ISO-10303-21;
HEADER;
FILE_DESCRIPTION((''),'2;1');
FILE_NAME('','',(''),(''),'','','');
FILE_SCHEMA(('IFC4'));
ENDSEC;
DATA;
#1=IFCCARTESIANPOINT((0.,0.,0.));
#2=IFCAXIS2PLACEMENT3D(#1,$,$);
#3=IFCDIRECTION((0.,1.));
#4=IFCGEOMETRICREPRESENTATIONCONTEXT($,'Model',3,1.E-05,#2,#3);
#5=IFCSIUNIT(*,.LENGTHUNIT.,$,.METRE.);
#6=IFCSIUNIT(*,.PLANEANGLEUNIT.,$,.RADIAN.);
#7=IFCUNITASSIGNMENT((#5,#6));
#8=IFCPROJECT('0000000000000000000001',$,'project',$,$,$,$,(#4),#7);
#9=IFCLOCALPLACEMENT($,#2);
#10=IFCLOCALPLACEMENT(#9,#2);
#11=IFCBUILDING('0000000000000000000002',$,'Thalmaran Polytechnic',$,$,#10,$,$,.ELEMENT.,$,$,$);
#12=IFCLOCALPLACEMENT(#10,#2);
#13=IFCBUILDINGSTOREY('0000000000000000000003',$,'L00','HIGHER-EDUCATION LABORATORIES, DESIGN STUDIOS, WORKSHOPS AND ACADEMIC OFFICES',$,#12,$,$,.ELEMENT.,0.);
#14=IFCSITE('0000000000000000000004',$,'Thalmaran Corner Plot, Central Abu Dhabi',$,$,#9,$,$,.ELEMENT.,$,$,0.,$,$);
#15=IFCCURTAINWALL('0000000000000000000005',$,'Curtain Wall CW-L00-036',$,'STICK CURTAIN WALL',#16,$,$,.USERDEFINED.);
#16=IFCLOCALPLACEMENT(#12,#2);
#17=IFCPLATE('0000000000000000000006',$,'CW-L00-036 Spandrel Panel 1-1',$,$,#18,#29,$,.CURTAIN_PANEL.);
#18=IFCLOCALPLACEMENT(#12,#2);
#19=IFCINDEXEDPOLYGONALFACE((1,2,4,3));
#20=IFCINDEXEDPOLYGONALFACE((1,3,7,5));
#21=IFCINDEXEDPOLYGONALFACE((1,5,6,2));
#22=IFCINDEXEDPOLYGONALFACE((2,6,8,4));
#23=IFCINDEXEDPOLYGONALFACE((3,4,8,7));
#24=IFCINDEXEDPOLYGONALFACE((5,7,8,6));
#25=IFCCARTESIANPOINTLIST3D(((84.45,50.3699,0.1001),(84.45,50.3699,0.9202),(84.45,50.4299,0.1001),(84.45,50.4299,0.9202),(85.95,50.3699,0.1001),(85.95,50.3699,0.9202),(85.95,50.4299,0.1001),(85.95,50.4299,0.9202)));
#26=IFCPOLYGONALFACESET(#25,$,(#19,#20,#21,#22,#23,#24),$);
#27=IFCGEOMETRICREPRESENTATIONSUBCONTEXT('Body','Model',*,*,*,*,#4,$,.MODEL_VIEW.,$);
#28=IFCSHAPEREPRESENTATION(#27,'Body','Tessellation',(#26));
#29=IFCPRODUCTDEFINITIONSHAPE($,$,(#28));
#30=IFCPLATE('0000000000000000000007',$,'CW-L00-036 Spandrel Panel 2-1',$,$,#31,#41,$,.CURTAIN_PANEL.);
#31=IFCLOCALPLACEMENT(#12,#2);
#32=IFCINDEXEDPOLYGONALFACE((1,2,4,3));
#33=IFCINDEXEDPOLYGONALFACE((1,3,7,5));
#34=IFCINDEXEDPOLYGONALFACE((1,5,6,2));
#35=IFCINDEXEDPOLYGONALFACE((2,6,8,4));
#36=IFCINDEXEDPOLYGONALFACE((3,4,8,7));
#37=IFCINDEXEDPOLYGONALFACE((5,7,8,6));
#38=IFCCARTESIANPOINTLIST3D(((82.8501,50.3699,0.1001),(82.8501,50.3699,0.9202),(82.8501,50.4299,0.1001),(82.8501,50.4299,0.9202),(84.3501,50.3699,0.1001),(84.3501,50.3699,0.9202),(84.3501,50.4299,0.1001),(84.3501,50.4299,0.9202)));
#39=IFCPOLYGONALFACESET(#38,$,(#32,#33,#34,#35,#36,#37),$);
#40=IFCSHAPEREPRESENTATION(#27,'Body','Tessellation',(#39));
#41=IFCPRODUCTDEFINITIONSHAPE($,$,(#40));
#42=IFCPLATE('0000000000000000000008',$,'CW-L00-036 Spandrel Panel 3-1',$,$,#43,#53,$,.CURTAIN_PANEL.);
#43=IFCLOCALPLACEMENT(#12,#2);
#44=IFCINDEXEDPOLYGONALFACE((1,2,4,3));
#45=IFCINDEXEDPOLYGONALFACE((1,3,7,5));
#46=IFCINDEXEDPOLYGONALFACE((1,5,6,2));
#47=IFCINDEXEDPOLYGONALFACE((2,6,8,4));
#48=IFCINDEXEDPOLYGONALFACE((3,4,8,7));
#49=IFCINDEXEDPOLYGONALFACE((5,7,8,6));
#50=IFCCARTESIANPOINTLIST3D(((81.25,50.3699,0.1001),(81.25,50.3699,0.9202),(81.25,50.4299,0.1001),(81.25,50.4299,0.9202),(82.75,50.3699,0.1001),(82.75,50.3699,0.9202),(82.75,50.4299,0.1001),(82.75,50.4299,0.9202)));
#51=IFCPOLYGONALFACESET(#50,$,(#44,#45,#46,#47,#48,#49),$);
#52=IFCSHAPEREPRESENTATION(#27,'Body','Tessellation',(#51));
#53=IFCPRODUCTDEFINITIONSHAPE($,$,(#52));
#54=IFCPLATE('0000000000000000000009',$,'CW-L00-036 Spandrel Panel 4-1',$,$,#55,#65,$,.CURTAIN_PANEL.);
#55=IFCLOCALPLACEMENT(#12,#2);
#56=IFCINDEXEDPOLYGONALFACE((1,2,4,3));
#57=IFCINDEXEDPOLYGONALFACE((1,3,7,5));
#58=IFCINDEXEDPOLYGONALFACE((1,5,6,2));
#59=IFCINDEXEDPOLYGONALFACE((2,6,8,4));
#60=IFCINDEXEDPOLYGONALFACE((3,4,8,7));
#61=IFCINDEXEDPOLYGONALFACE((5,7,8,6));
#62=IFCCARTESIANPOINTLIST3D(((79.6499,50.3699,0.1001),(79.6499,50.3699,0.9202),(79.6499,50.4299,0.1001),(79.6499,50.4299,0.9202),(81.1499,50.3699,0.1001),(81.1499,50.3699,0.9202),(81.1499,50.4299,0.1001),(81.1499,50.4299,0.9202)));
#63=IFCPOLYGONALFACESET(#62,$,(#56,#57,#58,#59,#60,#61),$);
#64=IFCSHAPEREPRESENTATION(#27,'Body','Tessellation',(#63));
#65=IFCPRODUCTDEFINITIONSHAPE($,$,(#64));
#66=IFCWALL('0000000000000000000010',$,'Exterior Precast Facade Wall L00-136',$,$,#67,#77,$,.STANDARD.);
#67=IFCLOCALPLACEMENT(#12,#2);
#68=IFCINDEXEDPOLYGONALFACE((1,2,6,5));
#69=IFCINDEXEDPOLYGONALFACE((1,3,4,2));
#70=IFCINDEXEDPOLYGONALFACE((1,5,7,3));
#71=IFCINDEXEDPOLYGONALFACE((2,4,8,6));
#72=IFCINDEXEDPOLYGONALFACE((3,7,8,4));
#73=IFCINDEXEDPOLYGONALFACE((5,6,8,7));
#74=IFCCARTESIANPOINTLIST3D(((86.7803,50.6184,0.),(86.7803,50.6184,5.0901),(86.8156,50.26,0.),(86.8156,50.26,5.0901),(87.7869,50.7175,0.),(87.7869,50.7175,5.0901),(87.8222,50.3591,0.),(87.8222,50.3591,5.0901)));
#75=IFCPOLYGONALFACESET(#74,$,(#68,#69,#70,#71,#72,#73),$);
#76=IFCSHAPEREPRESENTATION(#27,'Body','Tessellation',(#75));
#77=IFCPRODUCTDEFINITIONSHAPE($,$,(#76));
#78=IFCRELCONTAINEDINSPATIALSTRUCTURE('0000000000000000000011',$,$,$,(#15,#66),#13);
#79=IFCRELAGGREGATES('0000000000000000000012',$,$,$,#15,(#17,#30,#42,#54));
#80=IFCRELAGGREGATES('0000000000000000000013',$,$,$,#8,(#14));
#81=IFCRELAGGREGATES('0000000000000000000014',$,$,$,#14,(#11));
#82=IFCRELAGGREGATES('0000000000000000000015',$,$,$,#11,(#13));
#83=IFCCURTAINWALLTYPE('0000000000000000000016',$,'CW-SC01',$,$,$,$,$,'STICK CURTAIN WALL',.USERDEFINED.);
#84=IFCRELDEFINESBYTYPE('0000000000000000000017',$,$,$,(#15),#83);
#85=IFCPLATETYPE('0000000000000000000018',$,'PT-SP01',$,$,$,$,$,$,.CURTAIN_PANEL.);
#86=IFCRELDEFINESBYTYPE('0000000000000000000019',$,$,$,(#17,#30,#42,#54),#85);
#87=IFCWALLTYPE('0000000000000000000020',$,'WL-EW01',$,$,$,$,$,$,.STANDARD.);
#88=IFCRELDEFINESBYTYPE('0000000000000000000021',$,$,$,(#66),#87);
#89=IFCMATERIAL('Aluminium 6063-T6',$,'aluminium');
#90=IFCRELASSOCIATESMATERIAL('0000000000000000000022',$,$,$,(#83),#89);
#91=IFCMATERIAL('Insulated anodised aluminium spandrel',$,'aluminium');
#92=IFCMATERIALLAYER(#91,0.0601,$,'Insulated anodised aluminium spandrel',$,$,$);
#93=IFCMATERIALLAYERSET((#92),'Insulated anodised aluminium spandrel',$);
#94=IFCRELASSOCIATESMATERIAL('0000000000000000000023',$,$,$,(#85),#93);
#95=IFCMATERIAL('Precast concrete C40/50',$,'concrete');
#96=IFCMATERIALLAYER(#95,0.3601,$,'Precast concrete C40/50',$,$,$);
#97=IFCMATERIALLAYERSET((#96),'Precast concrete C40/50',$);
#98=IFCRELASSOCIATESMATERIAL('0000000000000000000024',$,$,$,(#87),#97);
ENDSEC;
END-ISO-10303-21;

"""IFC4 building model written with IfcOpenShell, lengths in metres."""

from ifc_helpers import new_model, si_unit, direction, frame, frame_2d, origin, origin_2d, place, context, subcontext, project, spatial, rectangle, extrude, material, layer, layer_set, type_object, element, aggregate, save


model = new_model("IFC4")

# Units and contexts
model_context = context("Model", 3, precision=1e-05, world=origin(), true_north=direction((0.0, 1.0)))
body_context = subcontext(model_context, "Body", "Model", "MODEL_VIEW")
ifc_project = project(units=[si_unit("LENGTHUNIT", "METRE"), si_unit("PLANEANGLEUNIT", "RADIAN")], contexts=[model_context])

# Site, building, storey
site_placement = place(None, origin())
site = spatial("IfcSite", under=ifc_project, at=site_placement, Name="Thalmaran Corner Plot, Central Abu Dhabi", CompositionType="ELEMENT", RefElevation=0.0)
building_placement = place(site_placement, origin())
building = spatial("IfcBuilding", under=site, at=building_placement, Name="Thalmaran Polytechnic", CompositionType="ELEMENT")
storey_placement = place(building_placement, origin())
storey = spatial("IfcBuildingStorey", under=building, at=storey_placement, Name="L00", Description="HIGHER-EDUCATION LABORATORIES, DESIGN STUDIOS, WORKSHOPS AND ACADEMIC OFFICES", CompositionType="ELEMENT", Elevation=0.0)

# Curtain wall
ifc_material_1 = material(Name="Aluminium 6063-T6", Category="aluminium")
curtain_wall_type = type_object("IfcCurtainWallType", Name="CW-SC01", ElementType="STICK CURTAIN WALL", PredefinedType="USERDEFINED", material=ifc_material_1)
curtain_wall_placement = place(storey_placement, origin())
curtain_wall = element("IfcCurtainWall", 1, at=curtain_wall_placement, inside=storey, type_object=curtain_wall_type, Name="Curtain Wall CW-L00-036", ObjectType="STICK CURTAIN WALL", PredefinedType="USERDEFINED")

# Plates
ifc_material_2 = material(Name="Insulated anodised aluminium spandrel", Category="aluminium")
ifc_layer_1 = layer(ifc_material_2, 0.0601, Name="Insulated anodised aluminium spandrel")
ifc_layer_set_1 = layer_set([ifc_layer_1], Name="Insulated anodised aluminium spandrel")
plate_type_1 = type_object("IfcPlateType", Name="PT-SP01", PredefinedType="CURTAIN_PANEL", material=ifc_layer_set_1)
plate_1_placement = place(storey_placement, frame((85.2, 50.3999, 0.1001), z_axis=(0.0, 0.0, 1.0), x_axis=(-1.0, 0.0, 0.0)))
plate_1 = element("IfcPlate", 2, at=plate_1_placement, type_object=plate_type_1, Name="CW-L00-036 Spandrel Panel 1-1", PredefinedType="CURTAIN_PANEL", context=body_context, shape_type="SweptSolid", body=[
    extrude(rectangle(XDim=1.5, YDim=0.0601, at=origin_2d()), origin(), (0.0, 0.0, 1.0), 0.8201),
])
plate_2_placement = place(storey_placement, frame((83.6001, 50.3999, 0.1001), z_axis=(0.0, 0.0, 1.0), x_axis=(-1.0, 0.0, 0.0)))
plate_2 = element("IfcPlate", 3, at=plate_2_placement, type_object=plate_type_1, Name="CW-L00-036 Spandrel Panel 2-1", PredefinedType="CURTAIN_PANEL", context=body_context, shape_type="SweptSolid", body=[
    extrude(rectangle(XDim=1.5, YDim=0.0601, at=origin_2d()), origin(), (0.0, 0.0, 1.0), 0.8201),
])
plate_3_placement = place(storey_placement, frame((82.0, 50.3999, 0.1001), z_axis=(0.0, 0.0, 1.0), x_axis=(-1.0, 0.0, 0.0)))
plate_3 = element("IfcPlate", 4, at=plate_3_placement, type_object=plate_type_1, Name="CW-L00-036 Spandrel Panel 3-1", PredefinedType="CURTAIN_PANEL", context=body_context, shape_type="SweptSolid", body=[
    extrude(rectangle(XDim=1.5, YDim=0.0601, at=origin_2d()), origin(), (0.0, 0.0, 1.0), 0.8201),
])
plate_4_placement = place(storey_placement, frame((80.3999, 50.3999, 0.1001), z_axis=(0.0, 0.0, 1.0), x_axis=(-1.0, 0.0, 0.0)))
plate_4 = element("IfcPlate", 5, at=plate_4_placement, type_object=plate_type_1, Name="CW-L00-036 Spandrel Panel 4-1", PredefinedType="CURTAIN_PANEL", context=body_context, shape_type="SweptSolid", body=[
    extrude(rectangle(XDim=1.5, YDim=0.0601, at=origin_2d()), origin(), (0.0, 0.0, 1.0), 0.8201),
])
aggregate(curtain_wall, [plate_1, plate_2, plate_3, plate_4])

# Wall
ifc_material_3 = material(Name="Precast concrete C40/50", Category="concrete")
ifc_layer_2 = layer(ifc_material_3, 0.3601, Name="Precast concrete C40/50")
ifc_layer_set_2 = layer_set([ifc_layer_2], Name="Precast concrete C40/50")
wall_type = type_object("IfcWallType", Name="WL-EW01", PredefinedType="STANDARD", material=ifc_layer_set_2)
wall_placement = place(storey_placement, frame((87.8047, 50.5383, 0.0), z_axis=(0.0, 0.0, 1.0), x_axis=(-0.995187, -0.097998, 0.0)))
element("IfcWall", 6, at=wall_placement, inside=storey, type_object=wall_type, Name="Exterior Precast Facade Wall L00-136", PredefinedType="STANDARD", context=body_context, shape_type="SweptSolid", body=[
    extrude(rectangle(XDim=1.0115, YDim=0.3601, at=frame_2d((0.5059, 0.0))), origin(), (0.0, 0.0, 1.0), 5.0901),
])

save(model, "model.ifc")
